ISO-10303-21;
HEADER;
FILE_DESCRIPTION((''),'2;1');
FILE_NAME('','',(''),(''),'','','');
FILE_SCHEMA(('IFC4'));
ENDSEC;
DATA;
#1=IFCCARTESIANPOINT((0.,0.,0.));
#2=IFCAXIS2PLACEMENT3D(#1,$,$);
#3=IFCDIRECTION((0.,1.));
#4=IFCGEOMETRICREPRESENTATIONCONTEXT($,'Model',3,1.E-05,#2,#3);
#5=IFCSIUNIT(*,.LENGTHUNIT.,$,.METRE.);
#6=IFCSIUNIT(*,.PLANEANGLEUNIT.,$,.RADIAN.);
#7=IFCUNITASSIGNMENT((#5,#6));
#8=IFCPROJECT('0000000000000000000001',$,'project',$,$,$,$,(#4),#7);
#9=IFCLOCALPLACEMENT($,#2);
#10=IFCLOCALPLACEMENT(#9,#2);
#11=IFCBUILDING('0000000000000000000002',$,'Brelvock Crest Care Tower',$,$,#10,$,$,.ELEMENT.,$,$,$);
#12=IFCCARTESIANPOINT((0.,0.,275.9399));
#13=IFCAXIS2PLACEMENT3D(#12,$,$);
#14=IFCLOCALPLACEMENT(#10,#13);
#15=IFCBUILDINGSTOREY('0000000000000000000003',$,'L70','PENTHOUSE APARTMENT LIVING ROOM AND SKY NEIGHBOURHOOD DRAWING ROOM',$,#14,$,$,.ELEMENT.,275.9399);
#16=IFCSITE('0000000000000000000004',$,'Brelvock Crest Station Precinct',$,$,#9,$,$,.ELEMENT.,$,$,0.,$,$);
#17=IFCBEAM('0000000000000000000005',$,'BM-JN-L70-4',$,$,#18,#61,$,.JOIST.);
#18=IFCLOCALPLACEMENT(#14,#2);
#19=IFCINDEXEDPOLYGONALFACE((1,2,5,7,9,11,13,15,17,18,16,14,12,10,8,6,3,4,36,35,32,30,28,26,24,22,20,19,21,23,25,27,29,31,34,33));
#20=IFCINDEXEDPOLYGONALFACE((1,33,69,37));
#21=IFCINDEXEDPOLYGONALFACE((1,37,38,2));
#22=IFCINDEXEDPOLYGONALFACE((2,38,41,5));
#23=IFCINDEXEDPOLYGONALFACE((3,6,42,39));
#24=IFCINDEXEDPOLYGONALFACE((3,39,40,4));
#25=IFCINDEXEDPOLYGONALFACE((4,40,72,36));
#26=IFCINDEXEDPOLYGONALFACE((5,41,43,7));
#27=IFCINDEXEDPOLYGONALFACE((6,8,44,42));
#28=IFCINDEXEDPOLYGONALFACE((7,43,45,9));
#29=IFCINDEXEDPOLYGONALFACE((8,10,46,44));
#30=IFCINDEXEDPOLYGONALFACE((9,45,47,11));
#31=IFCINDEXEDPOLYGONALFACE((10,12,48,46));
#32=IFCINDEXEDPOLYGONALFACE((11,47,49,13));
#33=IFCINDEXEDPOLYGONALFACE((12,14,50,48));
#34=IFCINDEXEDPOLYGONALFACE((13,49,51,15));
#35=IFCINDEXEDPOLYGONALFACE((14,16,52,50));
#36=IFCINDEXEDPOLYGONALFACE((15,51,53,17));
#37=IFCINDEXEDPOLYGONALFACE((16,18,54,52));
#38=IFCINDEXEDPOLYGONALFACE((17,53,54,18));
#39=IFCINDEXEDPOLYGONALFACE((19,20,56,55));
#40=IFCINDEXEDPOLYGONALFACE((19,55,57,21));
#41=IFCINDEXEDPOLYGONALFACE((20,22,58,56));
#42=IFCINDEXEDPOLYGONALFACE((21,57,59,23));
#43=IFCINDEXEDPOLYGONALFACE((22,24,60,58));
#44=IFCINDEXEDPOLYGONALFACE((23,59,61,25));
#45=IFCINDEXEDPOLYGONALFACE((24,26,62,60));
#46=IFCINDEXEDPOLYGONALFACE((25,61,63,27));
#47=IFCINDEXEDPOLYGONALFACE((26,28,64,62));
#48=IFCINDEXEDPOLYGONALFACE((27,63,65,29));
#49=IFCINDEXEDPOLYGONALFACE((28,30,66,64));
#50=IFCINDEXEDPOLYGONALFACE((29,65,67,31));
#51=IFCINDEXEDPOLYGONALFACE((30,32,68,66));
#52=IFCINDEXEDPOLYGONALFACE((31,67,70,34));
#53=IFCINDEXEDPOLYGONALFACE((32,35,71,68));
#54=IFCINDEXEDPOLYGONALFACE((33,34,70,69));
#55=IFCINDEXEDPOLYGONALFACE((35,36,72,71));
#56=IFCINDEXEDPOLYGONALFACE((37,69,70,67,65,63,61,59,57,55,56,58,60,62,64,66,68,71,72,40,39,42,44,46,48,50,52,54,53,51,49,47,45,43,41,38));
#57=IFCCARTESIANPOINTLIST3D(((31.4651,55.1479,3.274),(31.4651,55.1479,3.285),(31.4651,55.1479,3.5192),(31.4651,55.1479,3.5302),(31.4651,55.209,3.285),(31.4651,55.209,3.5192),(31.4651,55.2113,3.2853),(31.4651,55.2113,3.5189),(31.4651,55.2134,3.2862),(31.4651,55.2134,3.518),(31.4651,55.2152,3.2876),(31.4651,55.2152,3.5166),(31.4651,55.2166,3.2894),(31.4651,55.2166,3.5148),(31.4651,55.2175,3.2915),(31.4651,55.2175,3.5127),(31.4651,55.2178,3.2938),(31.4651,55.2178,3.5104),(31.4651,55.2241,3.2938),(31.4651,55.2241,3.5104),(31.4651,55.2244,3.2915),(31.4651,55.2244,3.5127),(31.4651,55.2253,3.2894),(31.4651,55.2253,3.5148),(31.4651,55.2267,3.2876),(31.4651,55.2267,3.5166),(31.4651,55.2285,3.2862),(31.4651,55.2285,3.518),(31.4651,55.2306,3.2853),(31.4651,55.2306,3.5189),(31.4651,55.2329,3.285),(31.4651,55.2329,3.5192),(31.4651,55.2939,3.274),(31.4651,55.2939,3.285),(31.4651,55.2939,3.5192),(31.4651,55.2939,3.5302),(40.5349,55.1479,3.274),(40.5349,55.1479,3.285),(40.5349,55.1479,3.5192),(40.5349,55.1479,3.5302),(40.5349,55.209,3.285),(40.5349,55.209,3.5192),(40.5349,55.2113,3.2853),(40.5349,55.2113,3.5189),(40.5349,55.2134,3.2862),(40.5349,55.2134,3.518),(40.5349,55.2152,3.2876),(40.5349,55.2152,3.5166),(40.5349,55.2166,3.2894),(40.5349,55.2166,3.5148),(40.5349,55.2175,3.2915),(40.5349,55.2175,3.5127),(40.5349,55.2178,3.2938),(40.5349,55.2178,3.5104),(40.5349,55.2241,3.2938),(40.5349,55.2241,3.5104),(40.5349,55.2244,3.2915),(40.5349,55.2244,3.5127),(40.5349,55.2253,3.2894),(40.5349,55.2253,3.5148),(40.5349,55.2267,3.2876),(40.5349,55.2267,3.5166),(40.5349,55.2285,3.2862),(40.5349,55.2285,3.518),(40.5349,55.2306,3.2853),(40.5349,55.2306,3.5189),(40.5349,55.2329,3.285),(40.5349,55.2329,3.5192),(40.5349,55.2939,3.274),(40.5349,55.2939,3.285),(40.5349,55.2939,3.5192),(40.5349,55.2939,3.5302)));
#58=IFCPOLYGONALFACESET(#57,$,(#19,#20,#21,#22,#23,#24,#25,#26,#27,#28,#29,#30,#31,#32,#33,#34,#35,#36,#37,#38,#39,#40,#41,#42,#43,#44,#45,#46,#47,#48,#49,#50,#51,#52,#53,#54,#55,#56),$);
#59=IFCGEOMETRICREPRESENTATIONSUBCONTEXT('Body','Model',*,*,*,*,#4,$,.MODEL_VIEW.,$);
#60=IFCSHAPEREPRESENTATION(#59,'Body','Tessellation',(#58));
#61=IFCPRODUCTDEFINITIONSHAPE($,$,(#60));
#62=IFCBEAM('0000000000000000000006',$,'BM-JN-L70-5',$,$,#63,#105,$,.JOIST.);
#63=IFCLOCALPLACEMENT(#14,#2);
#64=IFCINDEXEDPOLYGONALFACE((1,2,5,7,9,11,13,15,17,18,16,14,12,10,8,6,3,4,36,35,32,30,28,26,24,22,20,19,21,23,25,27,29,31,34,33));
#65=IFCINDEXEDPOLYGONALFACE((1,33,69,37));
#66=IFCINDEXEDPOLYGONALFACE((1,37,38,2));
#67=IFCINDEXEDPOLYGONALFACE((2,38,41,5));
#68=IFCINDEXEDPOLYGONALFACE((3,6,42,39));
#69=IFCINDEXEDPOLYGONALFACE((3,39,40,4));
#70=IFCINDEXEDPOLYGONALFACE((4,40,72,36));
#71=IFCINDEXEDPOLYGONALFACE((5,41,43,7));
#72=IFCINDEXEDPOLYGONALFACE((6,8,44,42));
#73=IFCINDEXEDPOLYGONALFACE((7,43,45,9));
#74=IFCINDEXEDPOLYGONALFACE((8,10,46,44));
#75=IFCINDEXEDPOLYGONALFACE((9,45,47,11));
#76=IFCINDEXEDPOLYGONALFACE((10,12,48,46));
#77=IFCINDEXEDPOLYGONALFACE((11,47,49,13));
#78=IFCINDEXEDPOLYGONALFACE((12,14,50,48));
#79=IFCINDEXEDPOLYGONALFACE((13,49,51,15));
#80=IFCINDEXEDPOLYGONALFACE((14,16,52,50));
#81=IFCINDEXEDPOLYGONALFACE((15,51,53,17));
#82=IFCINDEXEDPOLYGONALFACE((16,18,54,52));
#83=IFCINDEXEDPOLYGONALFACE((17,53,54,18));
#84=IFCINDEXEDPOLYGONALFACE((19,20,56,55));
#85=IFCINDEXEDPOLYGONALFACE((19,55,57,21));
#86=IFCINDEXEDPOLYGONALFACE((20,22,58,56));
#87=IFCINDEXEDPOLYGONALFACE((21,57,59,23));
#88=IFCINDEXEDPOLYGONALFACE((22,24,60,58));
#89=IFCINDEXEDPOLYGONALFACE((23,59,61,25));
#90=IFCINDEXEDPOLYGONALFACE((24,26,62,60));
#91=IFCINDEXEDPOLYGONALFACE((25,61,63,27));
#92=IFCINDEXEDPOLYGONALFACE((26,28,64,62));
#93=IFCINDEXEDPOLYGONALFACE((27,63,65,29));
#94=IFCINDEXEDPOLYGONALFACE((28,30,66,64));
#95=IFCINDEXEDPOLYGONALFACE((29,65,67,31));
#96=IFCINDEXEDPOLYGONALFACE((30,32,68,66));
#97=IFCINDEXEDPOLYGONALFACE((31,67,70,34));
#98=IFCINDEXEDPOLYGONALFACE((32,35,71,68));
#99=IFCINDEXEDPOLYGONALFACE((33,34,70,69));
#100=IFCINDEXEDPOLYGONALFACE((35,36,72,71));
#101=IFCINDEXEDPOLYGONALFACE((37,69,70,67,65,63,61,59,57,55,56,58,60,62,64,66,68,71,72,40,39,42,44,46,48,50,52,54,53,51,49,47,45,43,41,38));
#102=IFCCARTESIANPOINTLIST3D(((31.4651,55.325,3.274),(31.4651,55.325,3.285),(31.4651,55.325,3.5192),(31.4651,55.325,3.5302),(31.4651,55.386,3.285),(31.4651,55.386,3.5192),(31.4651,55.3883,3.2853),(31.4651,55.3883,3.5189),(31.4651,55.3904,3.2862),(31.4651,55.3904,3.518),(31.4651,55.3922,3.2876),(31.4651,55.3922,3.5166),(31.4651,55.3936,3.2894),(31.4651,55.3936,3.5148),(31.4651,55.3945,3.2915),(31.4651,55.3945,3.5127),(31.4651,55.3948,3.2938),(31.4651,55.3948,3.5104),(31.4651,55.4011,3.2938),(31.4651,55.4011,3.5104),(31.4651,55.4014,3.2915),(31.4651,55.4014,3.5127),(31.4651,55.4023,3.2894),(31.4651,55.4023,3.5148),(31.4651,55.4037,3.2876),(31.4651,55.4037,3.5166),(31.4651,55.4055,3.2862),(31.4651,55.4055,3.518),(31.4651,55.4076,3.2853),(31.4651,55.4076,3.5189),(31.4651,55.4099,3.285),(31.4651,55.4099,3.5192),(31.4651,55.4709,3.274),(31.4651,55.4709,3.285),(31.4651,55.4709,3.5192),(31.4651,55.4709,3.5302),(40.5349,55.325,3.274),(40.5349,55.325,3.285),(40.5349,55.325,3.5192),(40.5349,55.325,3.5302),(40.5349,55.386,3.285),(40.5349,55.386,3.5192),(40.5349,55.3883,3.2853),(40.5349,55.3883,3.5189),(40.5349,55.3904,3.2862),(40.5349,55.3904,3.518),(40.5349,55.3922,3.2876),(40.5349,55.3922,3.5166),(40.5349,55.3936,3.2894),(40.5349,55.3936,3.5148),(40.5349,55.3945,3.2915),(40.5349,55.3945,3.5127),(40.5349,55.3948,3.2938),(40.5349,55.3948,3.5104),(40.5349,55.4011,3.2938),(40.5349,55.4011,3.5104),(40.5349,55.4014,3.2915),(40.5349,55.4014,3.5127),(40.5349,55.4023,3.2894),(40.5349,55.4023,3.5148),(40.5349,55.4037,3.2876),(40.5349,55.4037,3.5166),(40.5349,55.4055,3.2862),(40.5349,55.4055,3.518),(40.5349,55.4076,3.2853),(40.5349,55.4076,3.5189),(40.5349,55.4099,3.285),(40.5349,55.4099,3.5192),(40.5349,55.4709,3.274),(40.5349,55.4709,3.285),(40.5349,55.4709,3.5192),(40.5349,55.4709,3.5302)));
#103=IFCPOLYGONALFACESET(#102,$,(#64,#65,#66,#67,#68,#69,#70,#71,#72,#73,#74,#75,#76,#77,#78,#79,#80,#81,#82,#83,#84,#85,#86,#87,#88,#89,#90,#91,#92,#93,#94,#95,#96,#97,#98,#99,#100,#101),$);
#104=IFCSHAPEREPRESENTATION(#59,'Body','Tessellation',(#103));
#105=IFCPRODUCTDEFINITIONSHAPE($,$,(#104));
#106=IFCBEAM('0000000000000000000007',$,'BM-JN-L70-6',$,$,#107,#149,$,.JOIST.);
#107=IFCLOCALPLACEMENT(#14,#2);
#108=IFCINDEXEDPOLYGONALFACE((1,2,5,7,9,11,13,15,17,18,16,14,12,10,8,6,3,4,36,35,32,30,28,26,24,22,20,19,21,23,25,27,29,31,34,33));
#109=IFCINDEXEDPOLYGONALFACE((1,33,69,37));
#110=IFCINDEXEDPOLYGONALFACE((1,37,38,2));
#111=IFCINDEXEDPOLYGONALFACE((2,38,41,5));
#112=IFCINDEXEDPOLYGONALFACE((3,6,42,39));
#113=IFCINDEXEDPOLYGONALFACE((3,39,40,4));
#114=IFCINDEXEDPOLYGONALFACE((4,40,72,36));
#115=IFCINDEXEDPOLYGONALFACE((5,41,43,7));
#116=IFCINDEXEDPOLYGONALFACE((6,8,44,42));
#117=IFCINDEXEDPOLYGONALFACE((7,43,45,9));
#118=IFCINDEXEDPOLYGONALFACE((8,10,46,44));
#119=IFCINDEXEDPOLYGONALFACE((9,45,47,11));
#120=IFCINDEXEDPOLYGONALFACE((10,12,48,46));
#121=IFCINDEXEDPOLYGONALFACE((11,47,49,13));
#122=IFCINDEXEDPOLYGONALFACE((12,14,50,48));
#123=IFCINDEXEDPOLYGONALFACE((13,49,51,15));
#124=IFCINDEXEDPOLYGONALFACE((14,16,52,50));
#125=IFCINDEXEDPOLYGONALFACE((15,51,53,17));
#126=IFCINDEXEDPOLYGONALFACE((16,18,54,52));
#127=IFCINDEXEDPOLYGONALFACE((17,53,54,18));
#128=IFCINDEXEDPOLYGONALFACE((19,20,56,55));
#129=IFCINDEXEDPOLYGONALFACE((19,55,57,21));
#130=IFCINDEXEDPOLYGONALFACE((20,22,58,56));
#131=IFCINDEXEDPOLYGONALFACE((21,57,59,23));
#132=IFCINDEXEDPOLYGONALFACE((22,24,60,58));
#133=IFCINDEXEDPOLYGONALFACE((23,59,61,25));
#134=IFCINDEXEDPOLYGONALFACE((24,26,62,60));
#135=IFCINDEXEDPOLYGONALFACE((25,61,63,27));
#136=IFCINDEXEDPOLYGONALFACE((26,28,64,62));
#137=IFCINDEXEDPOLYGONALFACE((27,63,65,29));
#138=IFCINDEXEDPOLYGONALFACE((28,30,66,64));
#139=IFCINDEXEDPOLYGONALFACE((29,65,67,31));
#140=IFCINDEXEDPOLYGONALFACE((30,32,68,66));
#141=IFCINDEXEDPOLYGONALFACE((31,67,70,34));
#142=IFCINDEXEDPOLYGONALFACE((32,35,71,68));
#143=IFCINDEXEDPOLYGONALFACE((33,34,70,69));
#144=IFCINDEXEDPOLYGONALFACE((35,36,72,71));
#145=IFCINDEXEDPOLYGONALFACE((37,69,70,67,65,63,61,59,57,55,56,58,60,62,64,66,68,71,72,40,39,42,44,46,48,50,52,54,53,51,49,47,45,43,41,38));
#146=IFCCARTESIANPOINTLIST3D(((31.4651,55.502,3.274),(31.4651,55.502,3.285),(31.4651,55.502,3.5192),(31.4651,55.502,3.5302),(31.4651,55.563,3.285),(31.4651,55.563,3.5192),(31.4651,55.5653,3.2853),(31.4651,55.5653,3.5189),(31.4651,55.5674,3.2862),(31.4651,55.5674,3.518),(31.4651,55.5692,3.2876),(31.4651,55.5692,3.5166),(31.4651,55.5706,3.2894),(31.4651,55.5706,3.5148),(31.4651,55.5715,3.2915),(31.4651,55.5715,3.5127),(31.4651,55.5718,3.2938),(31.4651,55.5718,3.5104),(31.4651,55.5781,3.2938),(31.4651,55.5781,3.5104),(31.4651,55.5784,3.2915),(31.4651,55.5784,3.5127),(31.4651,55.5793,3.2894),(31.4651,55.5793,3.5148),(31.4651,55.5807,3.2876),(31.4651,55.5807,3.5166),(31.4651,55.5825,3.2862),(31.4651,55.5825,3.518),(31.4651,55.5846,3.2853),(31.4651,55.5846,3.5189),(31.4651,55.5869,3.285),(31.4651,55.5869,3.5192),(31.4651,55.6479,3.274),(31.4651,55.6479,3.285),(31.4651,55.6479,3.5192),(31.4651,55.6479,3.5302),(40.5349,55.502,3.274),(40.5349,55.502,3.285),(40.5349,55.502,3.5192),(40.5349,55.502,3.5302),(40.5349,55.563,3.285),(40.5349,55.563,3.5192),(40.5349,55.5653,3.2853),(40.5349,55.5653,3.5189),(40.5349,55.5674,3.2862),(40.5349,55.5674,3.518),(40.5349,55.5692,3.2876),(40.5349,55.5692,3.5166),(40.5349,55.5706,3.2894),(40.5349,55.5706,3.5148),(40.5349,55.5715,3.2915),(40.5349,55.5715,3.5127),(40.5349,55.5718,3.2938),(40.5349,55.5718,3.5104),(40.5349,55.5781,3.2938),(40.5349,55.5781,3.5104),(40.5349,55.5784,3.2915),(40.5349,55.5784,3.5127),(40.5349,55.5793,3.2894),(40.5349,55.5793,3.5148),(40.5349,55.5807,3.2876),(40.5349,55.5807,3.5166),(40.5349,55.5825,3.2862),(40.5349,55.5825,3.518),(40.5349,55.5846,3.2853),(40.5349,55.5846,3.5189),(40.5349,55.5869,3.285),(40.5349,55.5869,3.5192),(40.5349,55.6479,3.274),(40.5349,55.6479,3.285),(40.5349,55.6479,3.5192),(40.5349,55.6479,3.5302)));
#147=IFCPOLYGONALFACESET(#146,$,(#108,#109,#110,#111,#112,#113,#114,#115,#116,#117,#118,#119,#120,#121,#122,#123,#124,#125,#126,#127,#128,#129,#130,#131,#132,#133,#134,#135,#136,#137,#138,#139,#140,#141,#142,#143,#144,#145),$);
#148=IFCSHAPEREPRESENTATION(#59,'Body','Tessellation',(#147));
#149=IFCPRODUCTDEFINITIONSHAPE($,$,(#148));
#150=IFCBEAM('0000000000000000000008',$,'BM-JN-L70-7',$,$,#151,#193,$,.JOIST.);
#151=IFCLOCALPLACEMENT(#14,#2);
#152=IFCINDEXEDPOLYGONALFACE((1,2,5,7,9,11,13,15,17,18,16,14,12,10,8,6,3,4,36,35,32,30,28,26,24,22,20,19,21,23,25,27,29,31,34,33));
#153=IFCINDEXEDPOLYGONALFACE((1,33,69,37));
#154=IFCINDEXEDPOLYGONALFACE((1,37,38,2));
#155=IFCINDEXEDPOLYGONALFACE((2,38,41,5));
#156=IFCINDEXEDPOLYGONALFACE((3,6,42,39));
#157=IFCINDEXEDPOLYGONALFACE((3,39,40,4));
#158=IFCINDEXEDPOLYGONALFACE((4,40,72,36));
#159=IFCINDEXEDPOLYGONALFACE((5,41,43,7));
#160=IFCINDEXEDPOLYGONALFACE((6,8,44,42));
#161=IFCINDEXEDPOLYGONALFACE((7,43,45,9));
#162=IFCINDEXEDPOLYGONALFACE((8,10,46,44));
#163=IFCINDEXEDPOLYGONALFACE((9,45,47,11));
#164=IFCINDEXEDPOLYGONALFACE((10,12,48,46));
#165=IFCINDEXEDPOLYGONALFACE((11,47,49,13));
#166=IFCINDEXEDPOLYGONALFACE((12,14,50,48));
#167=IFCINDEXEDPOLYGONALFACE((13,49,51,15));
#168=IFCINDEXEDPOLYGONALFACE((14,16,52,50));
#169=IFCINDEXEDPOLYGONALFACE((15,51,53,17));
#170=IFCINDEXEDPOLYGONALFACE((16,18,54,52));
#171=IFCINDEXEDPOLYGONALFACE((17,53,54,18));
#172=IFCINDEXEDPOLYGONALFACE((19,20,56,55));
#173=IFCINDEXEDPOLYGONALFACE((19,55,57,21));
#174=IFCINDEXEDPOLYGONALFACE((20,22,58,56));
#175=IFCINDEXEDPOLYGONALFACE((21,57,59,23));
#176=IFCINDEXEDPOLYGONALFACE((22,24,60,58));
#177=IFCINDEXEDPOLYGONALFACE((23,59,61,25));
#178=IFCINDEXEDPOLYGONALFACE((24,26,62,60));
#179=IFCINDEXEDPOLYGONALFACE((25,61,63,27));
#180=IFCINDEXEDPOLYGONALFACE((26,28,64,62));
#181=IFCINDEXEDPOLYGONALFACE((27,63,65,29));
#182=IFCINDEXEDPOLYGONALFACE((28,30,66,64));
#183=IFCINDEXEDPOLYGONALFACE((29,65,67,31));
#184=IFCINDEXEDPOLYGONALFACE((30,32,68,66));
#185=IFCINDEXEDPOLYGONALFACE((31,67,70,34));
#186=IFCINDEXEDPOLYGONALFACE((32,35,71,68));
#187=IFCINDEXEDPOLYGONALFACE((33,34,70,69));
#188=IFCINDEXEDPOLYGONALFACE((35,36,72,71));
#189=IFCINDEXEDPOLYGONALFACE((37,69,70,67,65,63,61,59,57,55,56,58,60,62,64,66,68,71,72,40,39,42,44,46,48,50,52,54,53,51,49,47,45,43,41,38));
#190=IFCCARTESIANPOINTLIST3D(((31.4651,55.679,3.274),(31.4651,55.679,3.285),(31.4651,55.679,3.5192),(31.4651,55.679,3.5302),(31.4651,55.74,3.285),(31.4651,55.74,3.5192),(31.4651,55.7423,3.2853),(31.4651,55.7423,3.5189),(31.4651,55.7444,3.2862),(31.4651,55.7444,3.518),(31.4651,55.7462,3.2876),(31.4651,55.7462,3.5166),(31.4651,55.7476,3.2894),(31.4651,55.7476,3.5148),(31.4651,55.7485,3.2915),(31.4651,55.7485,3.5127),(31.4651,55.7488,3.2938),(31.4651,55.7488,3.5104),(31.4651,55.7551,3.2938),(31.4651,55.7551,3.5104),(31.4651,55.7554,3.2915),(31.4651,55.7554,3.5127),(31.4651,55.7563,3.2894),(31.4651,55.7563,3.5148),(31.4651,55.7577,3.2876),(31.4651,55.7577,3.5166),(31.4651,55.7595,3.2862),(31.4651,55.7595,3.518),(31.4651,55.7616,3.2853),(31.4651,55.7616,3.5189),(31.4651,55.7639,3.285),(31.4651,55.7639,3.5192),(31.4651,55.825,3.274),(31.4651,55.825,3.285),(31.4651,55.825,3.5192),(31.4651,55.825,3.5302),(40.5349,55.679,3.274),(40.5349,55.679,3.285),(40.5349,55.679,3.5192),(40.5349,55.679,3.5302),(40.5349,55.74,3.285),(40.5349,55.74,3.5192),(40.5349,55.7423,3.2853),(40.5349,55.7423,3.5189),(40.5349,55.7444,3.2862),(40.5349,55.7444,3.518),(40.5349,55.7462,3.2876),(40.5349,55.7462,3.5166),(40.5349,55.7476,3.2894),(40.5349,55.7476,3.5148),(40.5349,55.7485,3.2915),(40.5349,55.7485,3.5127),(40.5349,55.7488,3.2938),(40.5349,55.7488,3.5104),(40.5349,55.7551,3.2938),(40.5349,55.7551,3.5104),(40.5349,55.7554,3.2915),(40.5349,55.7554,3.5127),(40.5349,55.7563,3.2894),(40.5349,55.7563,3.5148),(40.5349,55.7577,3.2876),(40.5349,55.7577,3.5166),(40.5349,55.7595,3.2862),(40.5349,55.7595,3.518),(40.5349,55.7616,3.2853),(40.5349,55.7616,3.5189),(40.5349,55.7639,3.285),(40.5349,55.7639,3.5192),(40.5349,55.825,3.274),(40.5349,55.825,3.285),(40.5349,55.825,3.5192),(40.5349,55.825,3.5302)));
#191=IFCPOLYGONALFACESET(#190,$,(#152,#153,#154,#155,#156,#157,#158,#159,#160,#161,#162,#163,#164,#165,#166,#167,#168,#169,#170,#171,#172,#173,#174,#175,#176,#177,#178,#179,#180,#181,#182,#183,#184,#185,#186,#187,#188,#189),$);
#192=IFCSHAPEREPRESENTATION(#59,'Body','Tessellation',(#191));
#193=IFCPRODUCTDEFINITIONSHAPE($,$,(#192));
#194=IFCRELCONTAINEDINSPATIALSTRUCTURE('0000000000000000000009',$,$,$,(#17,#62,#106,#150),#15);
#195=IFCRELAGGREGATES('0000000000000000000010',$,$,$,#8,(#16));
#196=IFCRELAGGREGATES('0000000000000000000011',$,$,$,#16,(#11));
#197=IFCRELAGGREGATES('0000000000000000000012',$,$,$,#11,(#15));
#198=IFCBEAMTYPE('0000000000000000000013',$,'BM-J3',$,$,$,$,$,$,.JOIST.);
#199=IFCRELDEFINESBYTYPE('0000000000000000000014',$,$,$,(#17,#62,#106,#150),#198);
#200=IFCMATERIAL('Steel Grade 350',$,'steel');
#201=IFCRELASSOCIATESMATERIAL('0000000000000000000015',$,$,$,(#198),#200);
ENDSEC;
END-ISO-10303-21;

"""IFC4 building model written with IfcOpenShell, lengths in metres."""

from ifc_helpers import new_model, si_unit, direction, frame, origin, origin_2d, place, context, subcontext, project, spatial, i_section, extrude, source, transform, mapped, material, material_profile, profile_set, type_object, element, save


model = new_model("IFC4")

# Units and contexts
model_context = context("Model", 3, precision=1e-05, world=origin(), true_north=direction((0.0, 1.0)))
body_context = subcontext(model_context, "Body", "Model", "MODEL_VIEW")
ifc_project = project(units=[si_unit("LENGTHUNIT", "METRE"), si_unit("PLANEANGLEUNIT", "RADIAN")], contexts=[model_context])

# Site, building, storey
site_placement = place(None, origin())
site = spatial("IfcSite", under=ifc_project, at=site_placement, Name="Brelvock Crest Station Precinct", CompositionType="ELEMENT", RefElevation=0.0)
building_placement = place(site_placement, origin())
building = spatial("IfcBuilding", under=site, at=building_placement, Name="Brelvock Crest Care Tower", CompositionType="ELEMENT")
storey_placement = place(building_placement, frame((0.0, 0.0, 275.9399)))
storey = spatial("IfcBuildingStorey", under=building, at=storey_placement, Name="L70", Description="PENTHOUSE APARTMENT LIVING ROOM AND SKY NEIGHBOURHOOD DRAWING ROOM", CompositionType="ELEMENT", Elevation=275.9399)

# Shared definitions
ifc_material_1 = material(Name="Steel Grade 350", Category="steel")

# Beams
ifc_material_profile_1 = material_profile(ifc_material_1, i_section(OverallWidth=0.146, OverallDepth=0.2561, WebThickness=0.0063, FlangeThickness=0.011, FilletRadius=0.0088, at=origin_2d()), Name="250UB37.3")
ifc_profile_set_1 = profile_set([ifc_material_profile_1], Name="Steel Grade 350")
beam_type_1 = type_object("IfcBeamType", Name="BM-J3", PredefinedType="JOIST", material=ifc_profile_set_1)
shared_shape_1 = source(origin(), body_context, "Body", "SweptSolid", [
    extrude(i_section(OverallWidth=0.146, OverallDepth=0.2561, WebThickness=0.0063, FlangeThickness=0.011, FilletRadius=0.0088, at=origin_2d()), origin(), (0.0, 0.0, 1.0), 9.0698),
])
for number, where, z_axis, x_axis, name in (
    (1, (31.4651, 55.2209, 3.4021), (1.0, 0.0, 0.0), (0.0, 1.0, 0.0), "BM-JN-L70-4"),
    (2, (31.4651, 55.3979, 3.4021), (1.0, 0.0, 0.0), (0.0, 1.0, 0.0), "BM-JN-L70-5"),
    (3, (31.4651, 55.575, 3.4021), (1.0, 0.0, 0.0), (0.0, 1.0, 0.0), "BM-JN-L70-6"),
    (4, (31.4651, 55.752, 3.4021), (1.0, 0.0, 0.0), (0.0, 1.0, 0.0), "BM-JN-L70-7"),
):
    element("IfcBeam", number, at=place(storey_placement, frame(where, z_axis=z_axis, x_axis=x_axis)), inside=storey, type_object=beam_type_1, Name=name, PredefinedType="JOIST", context=body_context, shape_type="MappedRepresentation", body=[
        mapped(shared_shape_1, transform((0.0, 0.0, 0.0), x_axis=(1.0, 0.0, 0.0), y_axis=(0.0, 1.0, 0.0), z_axis=(0.0, 0.0, 1.0), scale=1.0)),
    ])

save(model, "model.ifc")
